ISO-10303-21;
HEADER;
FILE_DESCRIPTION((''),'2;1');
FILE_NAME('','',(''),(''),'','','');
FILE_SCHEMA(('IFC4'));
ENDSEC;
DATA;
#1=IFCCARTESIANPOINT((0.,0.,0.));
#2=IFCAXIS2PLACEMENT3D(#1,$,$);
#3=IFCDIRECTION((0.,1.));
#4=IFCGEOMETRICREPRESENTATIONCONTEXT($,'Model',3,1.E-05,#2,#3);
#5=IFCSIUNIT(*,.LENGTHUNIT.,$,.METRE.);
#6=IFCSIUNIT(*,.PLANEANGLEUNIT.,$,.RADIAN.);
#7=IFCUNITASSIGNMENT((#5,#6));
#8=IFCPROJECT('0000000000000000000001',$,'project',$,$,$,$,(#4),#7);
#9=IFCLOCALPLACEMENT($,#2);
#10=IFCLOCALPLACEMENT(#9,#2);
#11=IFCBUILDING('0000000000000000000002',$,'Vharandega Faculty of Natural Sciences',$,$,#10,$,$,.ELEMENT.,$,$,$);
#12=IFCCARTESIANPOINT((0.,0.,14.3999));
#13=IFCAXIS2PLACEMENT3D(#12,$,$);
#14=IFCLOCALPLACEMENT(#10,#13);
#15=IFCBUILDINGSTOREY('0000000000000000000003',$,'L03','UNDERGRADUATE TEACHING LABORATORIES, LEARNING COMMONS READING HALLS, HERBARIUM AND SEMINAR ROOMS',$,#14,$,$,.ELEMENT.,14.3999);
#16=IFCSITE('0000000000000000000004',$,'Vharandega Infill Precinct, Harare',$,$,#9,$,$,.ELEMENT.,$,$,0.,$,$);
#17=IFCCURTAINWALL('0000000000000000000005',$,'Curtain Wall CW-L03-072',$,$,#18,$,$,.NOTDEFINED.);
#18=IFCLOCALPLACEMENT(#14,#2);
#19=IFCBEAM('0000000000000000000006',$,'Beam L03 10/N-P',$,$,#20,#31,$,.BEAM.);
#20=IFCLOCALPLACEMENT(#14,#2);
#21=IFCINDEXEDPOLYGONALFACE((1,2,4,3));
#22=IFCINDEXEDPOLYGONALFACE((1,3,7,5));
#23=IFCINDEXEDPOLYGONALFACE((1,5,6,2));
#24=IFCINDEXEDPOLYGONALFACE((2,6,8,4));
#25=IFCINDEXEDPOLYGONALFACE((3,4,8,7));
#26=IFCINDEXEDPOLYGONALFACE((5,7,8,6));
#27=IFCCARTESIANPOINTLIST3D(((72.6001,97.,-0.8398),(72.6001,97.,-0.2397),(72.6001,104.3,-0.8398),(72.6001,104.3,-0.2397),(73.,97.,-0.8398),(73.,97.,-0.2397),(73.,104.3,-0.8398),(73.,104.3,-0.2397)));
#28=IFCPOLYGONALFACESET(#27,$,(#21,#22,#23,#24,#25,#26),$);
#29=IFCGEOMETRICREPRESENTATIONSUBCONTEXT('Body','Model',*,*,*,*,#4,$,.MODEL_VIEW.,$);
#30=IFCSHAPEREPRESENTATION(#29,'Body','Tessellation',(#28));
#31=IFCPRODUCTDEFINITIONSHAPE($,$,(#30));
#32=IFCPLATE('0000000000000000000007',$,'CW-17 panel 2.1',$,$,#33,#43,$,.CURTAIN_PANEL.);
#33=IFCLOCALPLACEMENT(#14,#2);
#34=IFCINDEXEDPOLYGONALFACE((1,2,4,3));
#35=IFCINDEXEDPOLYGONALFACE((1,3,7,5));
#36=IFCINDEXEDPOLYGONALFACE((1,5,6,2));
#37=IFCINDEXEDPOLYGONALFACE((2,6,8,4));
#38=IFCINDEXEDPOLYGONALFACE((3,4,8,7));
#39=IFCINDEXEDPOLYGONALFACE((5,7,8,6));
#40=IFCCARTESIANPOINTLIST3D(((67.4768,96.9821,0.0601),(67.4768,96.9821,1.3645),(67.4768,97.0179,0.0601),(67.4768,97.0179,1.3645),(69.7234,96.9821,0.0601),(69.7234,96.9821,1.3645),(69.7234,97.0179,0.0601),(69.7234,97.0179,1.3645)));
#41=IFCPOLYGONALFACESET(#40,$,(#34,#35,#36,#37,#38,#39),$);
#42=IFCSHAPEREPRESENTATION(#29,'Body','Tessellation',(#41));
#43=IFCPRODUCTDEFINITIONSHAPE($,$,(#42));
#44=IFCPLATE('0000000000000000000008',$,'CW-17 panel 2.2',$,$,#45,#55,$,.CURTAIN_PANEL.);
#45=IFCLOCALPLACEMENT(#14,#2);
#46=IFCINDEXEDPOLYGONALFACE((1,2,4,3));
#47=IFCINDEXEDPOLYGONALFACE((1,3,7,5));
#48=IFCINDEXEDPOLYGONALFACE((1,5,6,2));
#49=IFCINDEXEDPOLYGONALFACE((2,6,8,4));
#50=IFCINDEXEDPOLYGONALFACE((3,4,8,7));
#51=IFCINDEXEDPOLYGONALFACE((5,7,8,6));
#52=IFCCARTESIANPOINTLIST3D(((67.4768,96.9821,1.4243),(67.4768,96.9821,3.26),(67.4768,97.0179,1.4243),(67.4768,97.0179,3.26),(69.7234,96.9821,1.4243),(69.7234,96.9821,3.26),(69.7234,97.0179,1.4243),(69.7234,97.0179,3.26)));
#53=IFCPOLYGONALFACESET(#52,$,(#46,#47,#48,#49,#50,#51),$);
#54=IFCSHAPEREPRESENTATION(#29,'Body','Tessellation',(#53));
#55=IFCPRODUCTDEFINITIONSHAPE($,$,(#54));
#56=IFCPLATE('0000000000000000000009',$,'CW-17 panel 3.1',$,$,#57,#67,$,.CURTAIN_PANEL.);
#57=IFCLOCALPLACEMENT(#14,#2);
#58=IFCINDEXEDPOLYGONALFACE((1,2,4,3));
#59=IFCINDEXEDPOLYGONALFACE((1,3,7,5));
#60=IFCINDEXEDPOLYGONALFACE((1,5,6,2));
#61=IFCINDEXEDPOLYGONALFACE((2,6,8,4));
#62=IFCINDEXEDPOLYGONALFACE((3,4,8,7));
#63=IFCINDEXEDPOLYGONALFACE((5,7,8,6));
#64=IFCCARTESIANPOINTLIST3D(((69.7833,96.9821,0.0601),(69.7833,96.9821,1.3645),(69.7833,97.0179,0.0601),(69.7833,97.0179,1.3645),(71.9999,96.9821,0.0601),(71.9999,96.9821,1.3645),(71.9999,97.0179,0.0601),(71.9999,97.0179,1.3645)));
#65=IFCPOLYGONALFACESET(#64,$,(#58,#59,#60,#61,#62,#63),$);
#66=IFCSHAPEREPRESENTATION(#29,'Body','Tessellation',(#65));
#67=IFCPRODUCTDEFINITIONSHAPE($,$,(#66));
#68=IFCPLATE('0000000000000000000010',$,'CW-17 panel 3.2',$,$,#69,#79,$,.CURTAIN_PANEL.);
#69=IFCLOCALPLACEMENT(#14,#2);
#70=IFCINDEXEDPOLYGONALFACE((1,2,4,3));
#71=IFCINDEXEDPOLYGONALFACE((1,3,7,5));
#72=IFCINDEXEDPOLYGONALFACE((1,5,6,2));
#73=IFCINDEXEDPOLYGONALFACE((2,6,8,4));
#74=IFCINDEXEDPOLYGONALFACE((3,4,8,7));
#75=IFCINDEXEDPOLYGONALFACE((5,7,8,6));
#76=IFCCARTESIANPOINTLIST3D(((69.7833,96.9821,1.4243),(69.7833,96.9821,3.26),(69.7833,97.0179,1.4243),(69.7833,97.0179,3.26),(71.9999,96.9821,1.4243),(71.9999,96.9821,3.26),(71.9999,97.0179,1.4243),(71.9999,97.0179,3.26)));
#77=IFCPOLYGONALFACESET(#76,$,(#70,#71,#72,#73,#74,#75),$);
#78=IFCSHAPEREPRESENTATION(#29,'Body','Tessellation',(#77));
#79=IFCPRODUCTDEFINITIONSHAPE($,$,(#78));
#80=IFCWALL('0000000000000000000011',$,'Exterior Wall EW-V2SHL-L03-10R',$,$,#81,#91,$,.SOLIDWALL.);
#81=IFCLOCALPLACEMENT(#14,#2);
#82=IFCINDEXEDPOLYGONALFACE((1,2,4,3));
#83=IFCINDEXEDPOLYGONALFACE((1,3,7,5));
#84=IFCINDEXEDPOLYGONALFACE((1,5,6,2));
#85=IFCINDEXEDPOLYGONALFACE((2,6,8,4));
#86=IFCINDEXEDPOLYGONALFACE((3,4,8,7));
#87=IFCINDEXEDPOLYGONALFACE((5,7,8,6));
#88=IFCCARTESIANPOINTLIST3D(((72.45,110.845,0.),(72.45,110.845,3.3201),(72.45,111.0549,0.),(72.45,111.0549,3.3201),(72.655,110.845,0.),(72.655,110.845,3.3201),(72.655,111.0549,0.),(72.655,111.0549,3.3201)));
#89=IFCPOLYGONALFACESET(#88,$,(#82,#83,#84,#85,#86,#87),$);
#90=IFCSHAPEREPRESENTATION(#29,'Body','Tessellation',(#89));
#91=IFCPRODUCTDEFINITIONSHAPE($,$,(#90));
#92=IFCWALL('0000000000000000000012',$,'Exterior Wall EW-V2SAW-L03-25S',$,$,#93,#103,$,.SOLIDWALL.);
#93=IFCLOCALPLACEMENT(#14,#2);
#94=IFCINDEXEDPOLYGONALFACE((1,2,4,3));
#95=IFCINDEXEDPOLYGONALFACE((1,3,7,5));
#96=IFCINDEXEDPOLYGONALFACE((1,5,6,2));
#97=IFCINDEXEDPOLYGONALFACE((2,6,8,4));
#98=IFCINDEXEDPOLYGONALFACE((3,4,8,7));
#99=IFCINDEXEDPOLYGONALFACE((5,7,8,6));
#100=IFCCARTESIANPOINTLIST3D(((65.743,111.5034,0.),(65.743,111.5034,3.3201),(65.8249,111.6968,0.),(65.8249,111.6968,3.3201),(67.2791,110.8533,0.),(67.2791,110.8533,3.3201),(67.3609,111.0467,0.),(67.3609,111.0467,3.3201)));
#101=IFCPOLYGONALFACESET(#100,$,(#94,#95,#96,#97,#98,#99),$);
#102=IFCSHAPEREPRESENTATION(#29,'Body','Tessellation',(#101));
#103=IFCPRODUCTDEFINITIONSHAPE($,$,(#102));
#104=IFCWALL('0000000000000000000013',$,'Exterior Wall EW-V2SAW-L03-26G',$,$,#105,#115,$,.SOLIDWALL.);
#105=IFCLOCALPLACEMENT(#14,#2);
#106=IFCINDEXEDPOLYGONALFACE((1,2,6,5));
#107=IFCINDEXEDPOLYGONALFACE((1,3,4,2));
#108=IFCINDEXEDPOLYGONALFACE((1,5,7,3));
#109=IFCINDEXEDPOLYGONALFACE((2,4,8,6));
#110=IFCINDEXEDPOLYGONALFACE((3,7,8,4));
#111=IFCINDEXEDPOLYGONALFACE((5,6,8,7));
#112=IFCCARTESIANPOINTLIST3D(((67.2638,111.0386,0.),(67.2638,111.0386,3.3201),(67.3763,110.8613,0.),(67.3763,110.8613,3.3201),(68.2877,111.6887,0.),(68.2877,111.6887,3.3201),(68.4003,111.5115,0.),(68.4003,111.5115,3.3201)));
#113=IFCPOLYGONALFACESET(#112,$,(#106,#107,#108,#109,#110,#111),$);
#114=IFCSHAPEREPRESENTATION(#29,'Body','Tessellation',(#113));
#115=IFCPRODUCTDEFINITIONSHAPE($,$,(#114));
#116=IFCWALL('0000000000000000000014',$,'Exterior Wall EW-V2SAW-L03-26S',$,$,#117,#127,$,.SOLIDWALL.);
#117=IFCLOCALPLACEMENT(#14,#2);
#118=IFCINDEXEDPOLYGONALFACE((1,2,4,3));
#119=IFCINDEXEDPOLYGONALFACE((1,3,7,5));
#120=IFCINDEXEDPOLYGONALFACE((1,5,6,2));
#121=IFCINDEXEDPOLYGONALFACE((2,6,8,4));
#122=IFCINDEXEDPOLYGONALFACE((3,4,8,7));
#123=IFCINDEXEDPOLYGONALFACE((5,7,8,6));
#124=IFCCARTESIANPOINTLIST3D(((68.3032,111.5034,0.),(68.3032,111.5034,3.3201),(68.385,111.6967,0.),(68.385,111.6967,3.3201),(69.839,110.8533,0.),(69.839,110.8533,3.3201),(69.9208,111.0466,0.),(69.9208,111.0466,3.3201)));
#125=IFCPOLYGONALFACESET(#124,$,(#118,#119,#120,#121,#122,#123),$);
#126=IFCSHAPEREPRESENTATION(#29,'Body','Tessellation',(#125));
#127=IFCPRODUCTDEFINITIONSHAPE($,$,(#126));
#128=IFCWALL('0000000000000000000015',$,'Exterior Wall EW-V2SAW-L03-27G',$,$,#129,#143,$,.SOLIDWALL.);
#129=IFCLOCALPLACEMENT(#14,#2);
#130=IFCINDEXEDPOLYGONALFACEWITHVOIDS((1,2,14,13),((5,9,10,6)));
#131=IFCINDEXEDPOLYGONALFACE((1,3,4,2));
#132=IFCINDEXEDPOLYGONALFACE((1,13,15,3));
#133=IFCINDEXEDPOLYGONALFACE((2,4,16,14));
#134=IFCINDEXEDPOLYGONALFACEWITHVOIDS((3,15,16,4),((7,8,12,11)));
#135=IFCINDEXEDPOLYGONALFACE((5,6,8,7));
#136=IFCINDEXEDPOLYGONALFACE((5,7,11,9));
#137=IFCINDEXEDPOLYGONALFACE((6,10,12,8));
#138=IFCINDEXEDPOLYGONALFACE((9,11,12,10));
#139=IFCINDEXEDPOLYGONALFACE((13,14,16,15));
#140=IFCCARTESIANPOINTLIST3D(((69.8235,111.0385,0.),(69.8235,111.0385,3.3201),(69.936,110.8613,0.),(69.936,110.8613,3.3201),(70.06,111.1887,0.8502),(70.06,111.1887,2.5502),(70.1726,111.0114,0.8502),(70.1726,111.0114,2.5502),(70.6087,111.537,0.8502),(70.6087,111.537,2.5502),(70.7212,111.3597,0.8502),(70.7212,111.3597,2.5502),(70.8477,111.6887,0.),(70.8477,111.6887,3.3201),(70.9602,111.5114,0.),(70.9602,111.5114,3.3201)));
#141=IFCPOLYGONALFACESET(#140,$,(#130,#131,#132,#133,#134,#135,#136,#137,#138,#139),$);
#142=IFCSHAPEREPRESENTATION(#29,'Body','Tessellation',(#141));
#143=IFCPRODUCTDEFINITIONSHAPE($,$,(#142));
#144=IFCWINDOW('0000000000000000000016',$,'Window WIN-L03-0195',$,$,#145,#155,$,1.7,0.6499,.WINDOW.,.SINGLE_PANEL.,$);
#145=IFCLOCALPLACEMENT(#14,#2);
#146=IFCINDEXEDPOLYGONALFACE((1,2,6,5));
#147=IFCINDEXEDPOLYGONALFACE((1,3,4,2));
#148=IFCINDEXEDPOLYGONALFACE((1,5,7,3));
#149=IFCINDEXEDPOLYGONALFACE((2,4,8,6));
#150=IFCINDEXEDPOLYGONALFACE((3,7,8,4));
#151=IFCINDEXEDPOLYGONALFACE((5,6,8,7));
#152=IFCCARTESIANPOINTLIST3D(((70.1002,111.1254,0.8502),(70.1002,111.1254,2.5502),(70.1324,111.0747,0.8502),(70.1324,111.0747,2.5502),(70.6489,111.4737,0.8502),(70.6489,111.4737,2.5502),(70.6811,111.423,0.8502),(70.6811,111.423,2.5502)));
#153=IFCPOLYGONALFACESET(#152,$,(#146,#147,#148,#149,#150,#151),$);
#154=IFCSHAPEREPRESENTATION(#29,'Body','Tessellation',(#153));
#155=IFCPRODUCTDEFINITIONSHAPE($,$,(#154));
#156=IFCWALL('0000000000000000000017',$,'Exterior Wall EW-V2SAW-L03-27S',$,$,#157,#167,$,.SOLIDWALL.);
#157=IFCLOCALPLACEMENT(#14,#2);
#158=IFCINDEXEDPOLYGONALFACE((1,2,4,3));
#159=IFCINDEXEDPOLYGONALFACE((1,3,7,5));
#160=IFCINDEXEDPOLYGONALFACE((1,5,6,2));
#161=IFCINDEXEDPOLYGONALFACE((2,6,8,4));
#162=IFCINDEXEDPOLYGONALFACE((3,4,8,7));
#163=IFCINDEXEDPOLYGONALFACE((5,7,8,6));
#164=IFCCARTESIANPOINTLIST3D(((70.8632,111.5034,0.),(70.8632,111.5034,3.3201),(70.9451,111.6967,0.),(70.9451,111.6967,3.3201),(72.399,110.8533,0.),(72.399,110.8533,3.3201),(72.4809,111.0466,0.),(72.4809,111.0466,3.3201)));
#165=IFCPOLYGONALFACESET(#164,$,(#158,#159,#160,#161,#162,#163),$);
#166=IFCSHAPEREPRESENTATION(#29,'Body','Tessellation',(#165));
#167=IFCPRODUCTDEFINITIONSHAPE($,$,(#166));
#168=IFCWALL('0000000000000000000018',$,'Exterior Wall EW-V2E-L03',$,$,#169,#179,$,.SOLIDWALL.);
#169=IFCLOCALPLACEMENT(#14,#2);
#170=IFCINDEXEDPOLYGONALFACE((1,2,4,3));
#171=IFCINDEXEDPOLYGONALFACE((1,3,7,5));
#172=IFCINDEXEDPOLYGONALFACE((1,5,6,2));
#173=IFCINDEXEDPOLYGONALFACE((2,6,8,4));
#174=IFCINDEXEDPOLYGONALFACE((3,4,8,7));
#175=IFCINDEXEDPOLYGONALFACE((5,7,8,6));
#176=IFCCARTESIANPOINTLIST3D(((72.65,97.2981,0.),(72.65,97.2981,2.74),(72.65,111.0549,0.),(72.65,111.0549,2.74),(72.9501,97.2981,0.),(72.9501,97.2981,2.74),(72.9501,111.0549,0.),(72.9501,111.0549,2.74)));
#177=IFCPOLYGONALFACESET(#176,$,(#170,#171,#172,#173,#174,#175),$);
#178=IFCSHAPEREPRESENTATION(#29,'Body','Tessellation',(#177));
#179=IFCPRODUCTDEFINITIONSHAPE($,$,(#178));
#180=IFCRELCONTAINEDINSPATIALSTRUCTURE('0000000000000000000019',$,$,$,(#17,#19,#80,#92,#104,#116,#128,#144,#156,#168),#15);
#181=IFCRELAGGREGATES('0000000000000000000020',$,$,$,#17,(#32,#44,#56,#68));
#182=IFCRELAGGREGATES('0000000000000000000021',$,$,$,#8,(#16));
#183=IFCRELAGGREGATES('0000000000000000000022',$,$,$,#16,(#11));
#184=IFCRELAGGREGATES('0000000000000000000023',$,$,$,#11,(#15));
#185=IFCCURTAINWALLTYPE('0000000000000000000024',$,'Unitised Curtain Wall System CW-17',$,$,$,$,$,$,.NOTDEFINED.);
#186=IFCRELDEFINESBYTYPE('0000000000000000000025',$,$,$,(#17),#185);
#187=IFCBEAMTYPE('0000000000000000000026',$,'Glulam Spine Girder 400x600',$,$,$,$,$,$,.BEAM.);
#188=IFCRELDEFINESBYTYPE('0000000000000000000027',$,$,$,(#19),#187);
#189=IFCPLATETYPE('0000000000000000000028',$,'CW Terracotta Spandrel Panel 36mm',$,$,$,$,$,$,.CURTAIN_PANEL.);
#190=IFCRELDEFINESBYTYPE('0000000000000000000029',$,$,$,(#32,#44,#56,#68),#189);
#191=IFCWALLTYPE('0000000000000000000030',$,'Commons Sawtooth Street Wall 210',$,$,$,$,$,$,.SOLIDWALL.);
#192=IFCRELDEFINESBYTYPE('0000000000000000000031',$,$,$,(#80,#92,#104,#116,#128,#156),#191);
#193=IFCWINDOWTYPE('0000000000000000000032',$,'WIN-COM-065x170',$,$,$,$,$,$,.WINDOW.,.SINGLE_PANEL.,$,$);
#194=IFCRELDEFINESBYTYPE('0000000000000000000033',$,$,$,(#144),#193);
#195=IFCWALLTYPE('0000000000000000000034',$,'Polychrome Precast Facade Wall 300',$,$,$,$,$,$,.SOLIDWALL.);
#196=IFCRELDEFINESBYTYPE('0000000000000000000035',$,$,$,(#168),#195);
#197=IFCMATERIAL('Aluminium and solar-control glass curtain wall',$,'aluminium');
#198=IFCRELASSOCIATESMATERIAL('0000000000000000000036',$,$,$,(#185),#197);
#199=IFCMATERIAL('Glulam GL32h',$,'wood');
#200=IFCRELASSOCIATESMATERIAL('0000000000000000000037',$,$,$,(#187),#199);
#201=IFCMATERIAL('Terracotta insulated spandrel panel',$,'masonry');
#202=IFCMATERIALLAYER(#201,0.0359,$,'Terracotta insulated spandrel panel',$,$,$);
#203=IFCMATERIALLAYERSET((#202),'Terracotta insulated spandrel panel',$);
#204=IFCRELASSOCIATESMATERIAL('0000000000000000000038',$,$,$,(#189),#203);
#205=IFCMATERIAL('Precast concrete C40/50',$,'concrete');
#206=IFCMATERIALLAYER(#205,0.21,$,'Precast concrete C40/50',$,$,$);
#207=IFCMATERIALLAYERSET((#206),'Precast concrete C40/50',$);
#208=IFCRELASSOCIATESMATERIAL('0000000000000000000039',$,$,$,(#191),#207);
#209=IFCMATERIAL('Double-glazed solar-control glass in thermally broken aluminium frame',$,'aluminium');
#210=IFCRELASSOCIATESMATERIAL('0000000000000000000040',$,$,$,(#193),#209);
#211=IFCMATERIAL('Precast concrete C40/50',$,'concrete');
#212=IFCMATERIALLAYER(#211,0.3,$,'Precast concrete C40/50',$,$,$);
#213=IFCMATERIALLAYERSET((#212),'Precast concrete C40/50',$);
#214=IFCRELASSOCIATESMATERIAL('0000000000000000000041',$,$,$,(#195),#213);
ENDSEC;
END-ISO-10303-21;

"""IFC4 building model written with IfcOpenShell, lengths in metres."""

from ifc_helpers import new_model, si_unit, direction, frame, frame_2d, origin, origin_2d, place, context, subcontext, project, spatial, rectangle, extrude, material, layer, layer_set, material_profile, profile_set, type_object, element, fill, aggregate, save


model = new_model("IFC4")

# Units and contexts
model_context = context("Model", 3, precision=1e-05, world=origin(), true_north=direction((0.0, 1.0)))
body_context = subcontext(model_context, "Body", "Model", "MODEL_VIEW")
ifc_project = project(units=[si_unit("LENGTHUNIT", "METRE"), si_unit("PLANEANGLEUNIT", "RADIAN")], contexts=[model_context])

# Site, building, storey
site_placement = place(None, origin())
site = spatial("IfcSite", under=ifc_project, at=site_placement, Name="Vharandega Infill Precinct, Harare", CompositionType="ELEMENT", RefElevation=0.0)
building_placement = place(site_placement, origin())
building = spatial("IfcBuilding", under=site, at=building_placement, Name="Vharandega Faculty of Natural Sciences", CompositionType="ELEMENT")
storey_placement = place(building_placement, frame((0.0, 0.0, 14.3999)))
storey = spatial("IfcBuildingStorey", under=building, at=storey_placement, Name="L03", Description="UNDERGRADUATE TEACHING LABORATORIES, LEARNING COMMONS READING HALLS, HERBARIUM AND SEMINAR ROOMS", CompositionType="ELEMENT", Elevation=14.3999)

# Curtain wall
ifc_material_1 = material(Name="Aluminium and solar-control glass curtain wall", Category="aluminium")
curtain_wall_type = type_object("IfcCurtainWallType", Name="Unitised Curtain Wall System CW-17", PredefinedType="NOTDEFINED", material=ifc_material_1)
curtain_wall_placement = place(storey_placement, origin())
curtain_wall = element("IfcCurtainWall", 1, at=curtain_wall_placement, inside=storey, type_object=curtain_wall_type, Name="Curtain Wall CW-L03-072", PredefinedType="NOTDEFINED")

# Beam
ifc_material_2 = material(Name="Glulam GL32h", Category="wood")
ifc_material_profile_1 = material_profile(ifc_material_2, rectangle(XDim=0.3999, YDim=0.6001, at=origin_2d()), Name="GL32h 400x600")
ifc_profile_set_1 = profile_set([ifc_material_profile_1], Name="Glulam GL32h")
beam_type_1 = type_object("IfcBeamType", Name="Glulam Spine Girder 400x600", PredefinedType="BEAM", material=ifc_profile_set_1)
beam_1_placement = place(storey_placement, frame((72.8, 97.0, -0.5398), z_axis=(0.0, 1.0, 0.0), x_axis=(-1.0, 0.0, 0.0)))
element("IfcBeam", 2, at=beam_1_placement, inside=storey, type_object=beam_type_1, Name="Beam L03 10/N-P", PredefinedType="BEAM", context=body_context, shape_type="SweptSolid", body=[
    extrude(rectangle(XDim=0.3999, YDim=0.6001, at=origin_2d()), origin(), (0.0, 0.0, 1.0), 7.3),
])

# Plates
ifc_material_3 = material(Name="Terracotta insulated spandrel panel", Category="masonry")
ifc_layer_1 = layer(ifc_material_3, 0.0359, Name="Terracotta insulated spandrel panel")
ifc_layer_set_1 = layer_set([ifc_layer_1], Name="Terracotta insulated spandrel panel")
plate_type = type_object("IfcPlateType", Name="CW Terracotta Spandrel Panel 36mm", PredefinedType="CURTAIN_PANEL", material=ifc_layer_set_1)
plate_1_placement = place(storey_placement, frame((68.6001, 97.0, 0.0601), z_axis=(0.0, 0.0, 1.0), x_axis=(1.0, 0.0, 0.0)))
plate_1 = element("IfcPlate", 3, at=plate_1_placement, type_object=plate_type, Name="CW-17 panel 2.1", PredefinedType="CURTAIN_PANEL", context=body_context, shape_type="SweptSolid", body=[
    extrude(rectangle(XDim=2.2466, YDim=0.0359, at=origin_2d()), origin(), (0.0, 0.0, 1.0), 1.3044),
])
plate_2_placement = place(storey_placement, frame((68.6001, 97.0, 1.4243), z_axis=(0.0, 0.0, 1.0), x_axis=(1.0, 0.0, 0.0)))
plate_2 = element("IfcPlate", 4, at=plate_2_placement, type_object=plate_type, Name="CW-17 panel 2.2", PredefinedType="CURTAIN_PANEL", context=body_context, shape_type="SweptSolid", body=[
    extrude(rectangle(XDim=2.2466, YDim=0.0359, at=origin_2d()), origin(), (0.0, 0.0, 1.0), 1.8357),
])
plate_3_placement = place(storey_placement, frame((70.8916, 97.0, 0.0601), z_axis=(0.0, 0.0, 1.0), x_axis=(1.0, 0.0, 0.0)))
plate_3 = element("IfcPlate", 5, at=plate_3_placement, type_object=plate_type, Name="CW-17 panel 3.1", PredefinedType="CURTAIN_PANEL", context=body_context, shape_type="SweptSolid", body=[
    extrude(rectangle(XDim=2.2166, YDim=0.0359, at=origin_2d()), origin(), (0.0, 0.0, 1.0), 1.3044),
])
plate_4_placement = place(storey_placement, frame((70.8916, 97.0, 1.4243), z_axis=(0.0, 0.0, 1.0), x_axis=(1.0, 0.0, 0.0)))
plate_4 = element("IfcPlate", 6, at=plate_4_placement, type_object=plate_type, Name="CW-17 panel 3.2", PredefinedType="CURTAIN_PANEL", context=body_context, shape_type="SweptSolid", body=[
    extrude(rectangle(XDim=2.2166, YDim=0.0359, at=origin_2d()), origin(), (0.0, 0.0, 1.0), 1.8357),
])
aggregate(curtain_wall, [plate_1, plate_2, plate_3, plate_4])

# Walls
ifc_material_4 = material(Name="Precast concrete C40/50", Category="concrete")
ifc_layer_2 = layer(ifc_material_4, 0.21, Name="Precast concrete C40/50")
ifc_layer_set_2 = layer_set([ifc_layer_2], Name="Precast concrete C40/50")
wall_type_1 = type_object("IfcWallType", Name="Commons Sawtooth Street Wall 210", PredefinedType="SOLIDWALL", material=ifc_layer_set_2)
wall_1_placement = place(storey_placement, frame((72.45, 110.95, 0.0), z_axis=(0.0, 0.0, 1.0), x_axis=(1.0, 0.0, 0.0)))
element("IfcWall", 7, at=wall_1_placement, inside=storey, type_object=wall_type_1, Name="Exterior Wall EW-V2SHL-L03-10R", PredefinedType="SOLIDWALL", context=body_context, shape_type="SweptSolid", body=[
    extrude(rectangle(XDim=0.2051, YDim=0.21, at=frame_2d((0.1025, 0.0))), origin(), (0.0, 0.0, 1.0), 3.3201),
])
wall_2_placement = place(storey_placement, frame((65.7839, 111.6001, 0.0), z_axis=(0.0, 0.0, 1.0), x_axis=(0.920915, -0.389764, 0.0)))
element("IfcWall", 8, at=wall_2_placement, inside=storey, type_object=wall_type_1, Name="Exterior Wall EW-V2SAW-L03-25S", PredefinedType="SOLIDWALL", context=body_context, shape_type="SweptSolid", body=[
    extrude(rectangle(XDim=1.668, YDim=0.21, at=frame_2d((0.834, 0.0))), origin(), (0.0, 0.0, 1.0), 3.3201),
])
wall_3_placement = place(storey_placement, frame((67.3201, 110.95, 0.0), z_axis=(0.0, 0.0, 1.0), x_axis=(0.8442, 0.536029, 0.0)))
element("IfcWall", 9, at=wall_3_placement, inside=storey, type_object=wall_type_1, Name="Exterior Wall EW-V2SAW-L03-26G", PredefinedType="SOLIDWALL", context=body_context, shape_type="SweptSolid", body=[
    extrude(rectangle(XDim=1.2129, YDim=0.21, at=frame_2d((0.6064, 0.0))), origin(), (0.0, 0.0, 1.0), 3.3201),
])
wall_4_placement = place(storey_placement, frame((68.344, 111.6001, 0.0), z_axis=(0.0, 0.0, 1.0), x_axis=(0.920892, -0.389817, 0.0)))
element("IfcWall", 10, at=wall_4_placement, inside=storey, type_object=wall_type_1, Name="Exterior Wall EW-V2SAW-L03-26S", PredefinedType="SOLIDWALL", context=body_context, shape_type="SweptSolid", body=[
    extrude(rectangle(XDim=1.6677, YDim=0.21, at=frame_2d((0.834, 0.0))), origin(), (0.0, 0.0, 1.0), 3.3201),
])

# Wall, opening, window
wall_5_placement = place(storey_placement, frame((69.8799, 110.95, 0.0), z_axis=(0.0, 0.0, 1.0), x_axis=(0.844258, 0.535938, 0.0)))
wall_5 = element("IfcWall", 11, at=wall_5_placement, inside=storey, type_object=wall_type_1, Name="Exterior Wall EW-V2SAW-L03-27G", PredefinedType="SOLIDWALL", context=body_context, shape_type="SweptSolid", body=[
    extrude(rectangle(XDim=1.2131, YDim=0.21, at=frame_2d((0.6064, 0.0))), origin(), (0.0, 0.0, 1.0), 3.3201),
])
opening_placement = place(wall_5_placement, frame((0.28, 0.0, 0.8501)))
opening = element("IfcOpeningElement", 12, at=opening_placement, cuts=wall_5, PredefinedType="OPENING", context=body_context, shape_type="SweptSolid", body=[
    extrude(rectangle(XDim=0.6499, YDim=1.7, at=frame_2d((0.325, 0.8501))), frame((0.0, 0.115, 0.0), z_axis=(0.0, -1.0, 0.0), x_axis=(1.0, 0.0, 0.0)), (0.0, 0.0, 1.0), 0.23),
])
ifc_material_5 = material(Name="Double-glazed solar-control glass in thermally broken aluminium frame", Category="aluminium")
window_type = type_object("IfcWindowType", Name="WIN-COM-065x170", PartitioningType="SINGLE_PANEL", PredefinedType="WINDOW", material=ifc_material_5)
window_placement = place(opening_placement, origin())
window = element("IfcWindow", 13, at=window_placement, inside=storey, type_object=window_type, Name="Window WIN-L03-0195", OverallHeight=1.7, OverallWidth=0.6499, PartitioningType="SINGLE_PANEL", PredefinedType="WINDOW", context=body_context, shape_type="SweptSolid", body=[
    extrude(rectangle(XDim=0.6499, YDim=1.7, at=frame_2d((0.325, 0.8501))), frame((0.0, 0.03, 0.0), z_axis=(0.0, -1.0, 0.0), x_axis=(1.0, 0.0, 0.0)), (0.0, 0.0, 1.0), 0.0601),
])
fill(opening, window)

# Walls
wall_6_placement = place(storey_placement, frame((70.9041, 111.6001, 0.0), z_axis=(0.0, 0.0, 1.0), x_axis=(0.920892, -0.389817, 0.0)))
element("IfcWall", 14, at=wall_6_placement, inside=storey, type_object=wall_type_1, Name="Exterior Wall EW-V2SAW-L03-27S", PredefinedType="SOLIDWALL", context=body_context, shape_type="SweptSolid", body=[
    extrude(rectangle(XDim=1.6677, YDim=0.21, at=frame_2d((0.834, 0.0))), origin(), (0.0, 0.0, 1.0), 3.3201),
])
ifc_material_6 = material(Name="Precast concrete C40/50", Category="concrete")
ifc_layer_3 = layer(ifc_material_6, 0.3, Name="Precast concrete C40/50")
ifc_layer_set_3 = layer_set([ifc_layer_3], Name="Precast concrete C40/50")
wall_type_2 = type_object("IfcWallType", Name="Polychrome Precast Facade Wall 300", PredefinedType="SOLIDWALL", material=ifc_layer_set_3)
wall_7_placement = place(storey_placement, frame((72.8, 111.0549, 0.0), z_axis=(0.0, 0.0, 1.0), x_axis=(0.0, -1.0, 0.0)))
element("IfcWall", 15, at=wall_7_placement, inside=storey, type_object=wall_type_2, Name="Exterior Wall EW-V2E-L03", PredefinedType="SOLIDWALL", context=body_context, shape_type="SweptSolid", body=[
    extrude(rectangle(XDim=13.7568, YDim=0.3, at=frame_2d((6.8784, 0.0))), origin(), (0.0, 0.0, 1.0), 2.74),
])

save(model, "model.ifc")
